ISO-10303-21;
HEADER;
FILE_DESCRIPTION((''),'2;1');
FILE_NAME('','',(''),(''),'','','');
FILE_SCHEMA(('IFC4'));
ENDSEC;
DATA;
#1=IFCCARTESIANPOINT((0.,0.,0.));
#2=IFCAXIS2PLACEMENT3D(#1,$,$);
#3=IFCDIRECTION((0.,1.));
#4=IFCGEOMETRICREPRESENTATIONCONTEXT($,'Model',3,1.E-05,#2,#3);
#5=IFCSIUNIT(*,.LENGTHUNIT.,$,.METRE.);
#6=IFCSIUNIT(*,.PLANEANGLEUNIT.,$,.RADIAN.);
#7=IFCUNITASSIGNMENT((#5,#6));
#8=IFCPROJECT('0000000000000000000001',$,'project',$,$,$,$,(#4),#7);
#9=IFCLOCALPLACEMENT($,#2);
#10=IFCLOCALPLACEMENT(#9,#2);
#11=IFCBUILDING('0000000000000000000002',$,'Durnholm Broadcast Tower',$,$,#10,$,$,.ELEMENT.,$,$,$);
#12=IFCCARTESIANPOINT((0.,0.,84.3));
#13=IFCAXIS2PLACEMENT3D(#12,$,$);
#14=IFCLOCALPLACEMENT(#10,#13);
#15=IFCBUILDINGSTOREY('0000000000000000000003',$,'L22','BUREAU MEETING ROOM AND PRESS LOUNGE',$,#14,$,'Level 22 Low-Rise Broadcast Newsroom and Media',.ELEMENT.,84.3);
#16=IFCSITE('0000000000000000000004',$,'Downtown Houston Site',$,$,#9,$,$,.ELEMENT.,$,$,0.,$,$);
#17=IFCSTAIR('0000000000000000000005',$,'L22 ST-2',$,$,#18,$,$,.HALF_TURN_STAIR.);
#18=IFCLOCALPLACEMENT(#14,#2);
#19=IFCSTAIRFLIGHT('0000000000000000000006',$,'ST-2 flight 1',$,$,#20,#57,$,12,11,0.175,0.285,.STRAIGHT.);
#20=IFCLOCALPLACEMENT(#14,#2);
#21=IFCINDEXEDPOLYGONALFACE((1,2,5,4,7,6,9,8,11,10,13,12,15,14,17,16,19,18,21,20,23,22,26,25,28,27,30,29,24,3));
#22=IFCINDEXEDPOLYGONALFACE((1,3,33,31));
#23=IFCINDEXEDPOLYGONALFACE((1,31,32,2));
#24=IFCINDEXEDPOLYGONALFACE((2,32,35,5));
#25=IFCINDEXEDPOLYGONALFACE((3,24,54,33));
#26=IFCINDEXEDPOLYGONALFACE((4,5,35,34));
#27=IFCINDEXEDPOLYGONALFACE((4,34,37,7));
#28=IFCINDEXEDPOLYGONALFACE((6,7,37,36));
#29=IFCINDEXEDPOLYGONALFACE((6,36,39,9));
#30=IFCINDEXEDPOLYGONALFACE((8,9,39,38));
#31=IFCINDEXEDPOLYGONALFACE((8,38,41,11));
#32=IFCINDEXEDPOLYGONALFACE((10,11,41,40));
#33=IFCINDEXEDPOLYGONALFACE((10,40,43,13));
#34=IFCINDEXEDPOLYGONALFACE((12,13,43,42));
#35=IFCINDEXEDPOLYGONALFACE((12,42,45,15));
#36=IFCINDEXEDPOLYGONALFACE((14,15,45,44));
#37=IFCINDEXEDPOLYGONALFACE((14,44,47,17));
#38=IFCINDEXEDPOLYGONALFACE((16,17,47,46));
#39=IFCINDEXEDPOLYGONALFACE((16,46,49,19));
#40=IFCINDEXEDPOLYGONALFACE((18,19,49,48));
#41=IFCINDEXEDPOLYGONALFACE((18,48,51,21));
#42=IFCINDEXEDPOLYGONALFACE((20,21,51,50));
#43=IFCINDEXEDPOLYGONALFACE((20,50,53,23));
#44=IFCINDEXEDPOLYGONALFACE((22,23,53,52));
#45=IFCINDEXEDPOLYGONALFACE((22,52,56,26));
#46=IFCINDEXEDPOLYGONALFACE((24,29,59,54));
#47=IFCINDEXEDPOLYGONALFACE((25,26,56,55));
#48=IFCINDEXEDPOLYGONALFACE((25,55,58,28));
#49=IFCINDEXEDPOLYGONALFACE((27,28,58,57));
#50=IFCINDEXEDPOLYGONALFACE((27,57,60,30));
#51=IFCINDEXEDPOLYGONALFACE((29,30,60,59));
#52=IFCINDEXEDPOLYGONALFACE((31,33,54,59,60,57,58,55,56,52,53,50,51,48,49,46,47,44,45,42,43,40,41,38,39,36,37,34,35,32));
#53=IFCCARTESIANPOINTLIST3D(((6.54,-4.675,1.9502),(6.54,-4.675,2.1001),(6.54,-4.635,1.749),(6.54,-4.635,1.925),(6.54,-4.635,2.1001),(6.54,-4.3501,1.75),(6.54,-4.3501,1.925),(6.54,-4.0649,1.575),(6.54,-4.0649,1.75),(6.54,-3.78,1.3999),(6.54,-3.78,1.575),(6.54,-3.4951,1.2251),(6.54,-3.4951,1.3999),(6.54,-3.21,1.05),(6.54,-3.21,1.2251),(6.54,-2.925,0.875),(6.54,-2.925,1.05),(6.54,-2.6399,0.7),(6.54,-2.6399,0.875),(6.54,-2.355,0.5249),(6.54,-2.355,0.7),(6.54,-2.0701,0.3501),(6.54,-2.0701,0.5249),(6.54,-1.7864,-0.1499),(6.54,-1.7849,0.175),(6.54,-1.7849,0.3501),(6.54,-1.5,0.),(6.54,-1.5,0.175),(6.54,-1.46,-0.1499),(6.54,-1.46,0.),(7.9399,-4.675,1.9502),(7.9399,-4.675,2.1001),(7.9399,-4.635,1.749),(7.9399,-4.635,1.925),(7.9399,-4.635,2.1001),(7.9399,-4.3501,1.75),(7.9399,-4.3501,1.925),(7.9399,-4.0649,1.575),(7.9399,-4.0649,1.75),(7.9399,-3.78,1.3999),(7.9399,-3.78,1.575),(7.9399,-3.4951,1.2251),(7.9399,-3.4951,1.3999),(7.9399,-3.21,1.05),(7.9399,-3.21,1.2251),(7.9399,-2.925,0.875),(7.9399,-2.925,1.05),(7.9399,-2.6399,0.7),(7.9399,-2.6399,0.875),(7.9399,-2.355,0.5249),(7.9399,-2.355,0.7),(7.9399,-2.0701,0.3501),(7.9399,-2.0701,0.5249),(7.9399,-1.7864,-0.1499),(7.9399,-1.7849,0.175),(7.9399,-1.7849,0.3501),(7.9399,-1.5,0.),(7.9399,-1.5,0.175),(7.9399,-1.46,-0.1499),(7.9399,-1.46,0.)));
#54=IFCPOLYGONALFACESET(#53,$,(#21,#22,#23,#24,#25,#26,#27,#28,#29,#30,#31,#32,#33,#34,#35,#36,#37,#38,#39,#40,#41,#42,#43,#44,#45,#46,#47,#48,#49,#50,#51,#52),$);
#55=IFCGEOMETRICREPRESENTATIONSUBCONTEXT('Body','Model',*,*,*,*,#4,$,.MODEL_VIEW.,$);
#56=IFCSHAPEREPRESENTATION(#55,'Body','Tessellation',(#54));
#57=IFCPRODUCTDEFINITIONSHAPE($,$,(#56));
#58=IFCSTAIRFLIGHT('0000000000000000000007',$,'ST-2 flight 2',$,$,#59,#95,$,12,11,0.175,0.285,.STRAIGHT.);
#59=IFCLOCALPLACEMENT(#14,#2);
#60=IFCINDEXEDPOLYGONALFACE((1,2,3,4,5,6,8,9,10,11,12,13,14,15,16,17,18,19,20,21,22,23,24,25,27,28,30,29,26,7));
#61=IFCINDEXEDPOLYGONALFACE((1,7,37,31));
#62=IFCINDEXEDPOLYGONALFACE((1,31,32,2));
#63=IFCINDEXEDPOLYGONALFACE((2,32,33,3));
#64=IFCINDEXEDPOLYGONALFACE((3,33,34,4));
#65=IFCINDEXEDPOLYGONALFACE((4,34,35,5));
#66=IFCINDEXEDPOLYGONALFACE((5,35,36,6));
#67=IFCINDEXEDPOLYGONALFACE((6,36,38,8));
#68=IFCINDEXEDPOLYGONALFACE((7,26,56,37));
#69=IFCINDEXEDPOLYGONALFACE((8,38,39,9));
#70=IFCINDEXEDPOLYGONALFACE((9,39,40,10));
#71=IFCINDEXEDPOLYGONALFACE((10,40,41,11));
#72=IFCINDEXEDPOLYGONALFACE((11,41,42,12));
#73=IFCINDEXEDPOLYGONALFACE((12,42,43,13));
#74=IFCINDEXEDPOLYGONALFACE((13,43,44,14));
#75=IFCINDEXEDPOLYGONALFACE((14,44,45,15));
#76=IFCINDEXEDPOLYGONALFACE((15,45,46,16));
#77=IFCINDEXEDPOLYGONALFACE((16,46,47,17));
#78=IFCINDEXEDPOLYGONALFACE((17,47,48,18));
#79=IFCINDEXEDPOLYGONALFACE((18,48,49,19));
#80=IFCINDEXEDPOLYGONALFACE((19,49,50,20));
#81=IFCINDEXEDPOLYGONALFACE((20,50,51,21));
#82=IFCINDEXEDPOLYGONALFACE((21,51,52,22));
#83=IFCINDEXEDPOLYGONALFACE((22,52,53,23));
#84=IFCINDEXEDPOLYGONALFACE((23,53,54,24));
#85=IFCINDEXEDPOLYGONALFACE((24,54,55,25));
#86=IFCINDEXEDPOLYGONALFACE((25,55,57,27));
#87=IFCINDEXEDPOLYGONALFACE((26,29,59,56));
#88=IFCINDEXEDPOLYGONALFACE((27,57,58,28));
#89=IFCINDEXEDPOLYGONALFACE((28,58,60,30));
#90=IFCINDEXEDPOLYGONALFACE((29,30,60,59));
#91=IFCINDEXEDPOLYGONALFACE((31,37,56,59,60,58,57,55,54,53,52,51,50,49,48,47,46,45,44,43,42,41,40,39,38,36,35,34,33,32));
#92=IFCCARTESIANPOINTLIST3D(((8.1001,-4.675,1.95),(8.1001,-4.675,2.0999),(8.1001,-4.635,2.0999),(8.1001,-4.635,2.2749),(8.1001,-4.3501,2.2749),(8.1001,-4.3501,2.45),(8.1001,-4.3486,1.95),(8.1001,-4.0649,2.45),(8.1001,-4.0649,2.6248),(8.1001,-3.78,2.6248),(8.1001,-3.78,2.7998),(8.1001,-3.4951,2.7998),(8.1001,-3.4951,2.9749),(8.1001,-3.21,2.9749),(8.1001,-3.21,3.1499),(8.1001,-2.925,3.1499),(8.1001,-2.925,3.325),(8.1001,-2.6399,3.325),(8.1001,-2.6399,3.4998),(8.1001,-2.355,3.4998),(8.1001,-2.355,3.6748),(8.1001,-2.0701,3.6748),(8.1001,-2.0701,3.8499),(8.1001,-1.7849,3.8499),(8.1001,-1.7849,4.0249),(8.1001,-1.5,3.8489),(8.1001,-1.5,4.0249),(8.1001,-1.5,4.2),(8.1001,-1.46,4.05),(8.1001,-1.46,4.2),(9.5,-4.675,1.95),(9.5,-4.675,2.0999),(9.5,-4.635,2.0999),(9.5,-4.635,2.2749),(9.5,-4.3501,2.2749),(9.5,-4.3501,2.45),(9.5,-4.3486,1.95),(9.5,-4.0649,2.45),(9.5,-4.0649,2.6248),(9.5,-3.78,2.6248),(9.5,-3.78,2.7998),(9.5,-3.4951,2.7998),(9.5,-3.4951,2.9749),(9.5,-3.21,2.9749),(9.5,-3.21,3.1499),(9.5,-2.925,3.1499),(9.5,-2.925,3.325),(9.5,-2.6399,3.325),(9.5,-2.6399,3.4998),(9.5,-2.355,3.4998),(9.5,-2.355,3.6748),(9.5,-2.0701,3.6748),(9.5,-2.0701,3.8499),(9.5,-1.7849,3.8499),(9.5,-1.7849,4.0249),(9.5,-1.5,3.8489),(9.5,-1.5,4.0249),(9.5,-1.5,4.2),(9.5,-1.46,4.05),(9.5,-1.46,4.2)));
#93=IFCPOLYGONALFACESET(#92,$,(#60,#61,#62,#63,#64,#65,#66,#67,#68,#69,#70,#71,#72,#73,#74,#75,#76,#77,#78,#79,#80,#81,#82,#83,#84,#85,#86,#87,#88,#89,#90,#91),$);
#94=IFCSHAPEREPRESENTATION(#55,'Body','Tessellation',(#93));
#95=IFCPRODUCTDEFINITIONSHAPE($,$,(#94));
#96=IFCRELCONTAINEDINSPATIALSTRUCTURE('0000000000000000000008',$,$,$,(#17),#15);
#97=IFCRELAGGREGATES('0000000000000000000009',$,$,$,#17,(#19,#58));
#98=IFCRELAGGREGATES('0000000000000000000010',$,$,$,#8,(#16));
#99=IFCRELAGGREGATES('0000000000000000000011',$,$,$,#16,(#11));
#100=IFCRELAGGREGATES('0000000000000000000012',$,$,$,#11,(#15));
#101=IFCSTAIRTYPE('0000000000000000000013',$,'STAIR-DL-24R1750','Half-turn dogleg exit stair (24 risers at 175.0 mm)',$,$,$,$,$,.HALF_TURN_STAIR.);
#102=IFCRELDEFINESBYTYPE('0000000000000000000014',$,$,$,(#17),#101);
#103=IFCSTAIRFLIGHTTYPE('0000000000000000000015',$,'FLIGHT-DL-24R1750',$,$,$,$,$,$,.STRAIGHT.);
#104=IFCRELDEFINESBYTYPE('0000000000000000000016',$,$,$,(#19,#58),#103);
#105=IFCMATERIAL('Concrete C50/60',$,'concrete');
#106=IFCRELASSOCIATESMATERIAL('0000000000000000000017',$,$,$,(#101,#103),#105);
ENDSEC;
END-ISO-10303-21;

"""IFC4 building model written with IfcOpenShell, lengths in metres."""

from ifc_helpers import new_model, si_unit, direction, frame, origin, place, context, subcontext, project, spatial, polyline, outline, extrude, material, type_object, element, aggregate, save


model = new_model("IFC4")

# Units and contexts
model_context = context("Model", 3, precision=1e-05, world=origin(), true_north=direction((0.0, 1.0)))
body_context = subcontext(model_context, "Body", "Model", "MODEL_VIEW")
ifc_project = project(units=[si_unit("LENGTHUNIT", "METRE"), si_unit("PLANEANGLEUNIT", "RADIAN")], contexts=[model_context])

# Site, building, storey
site_placement = place(None, origin())
site = spatial("IfcSite", under=ifc_project, at=site_placement, Name="Downtown Houston Site", CompositionType="ELEMENT", RefElevation=0.0)
building_placement = place(site_placement, origin())
building = spatial("IfcBuilding", under=site, at=building_placement, Name="Durnholm Broadcast Tower", CompositionType="ELEMENT")
storey_placement = place(building_placement, frame((0.0, 0.0, 84.3)))
storey = spatial("IfcBuildingStorey", under=building, at=storey_placement, Name="L22", Description="BUREAU MEETING ROOM AND PRESS LOUNGE", LongName="Level 22 Low-Rise Broadcast Newsroom and Media", CompositionType="ELEMENT", Elevation=84.3)

# Shared definitions
ifc_material_1 = material(Name="Concrete C50/60", Category="concrete")

# Stair, stair flights
stair_type = type_object("IfcStairType", Name="STAIR-DL-24R1750", Description="Half-turn dogleg exit stair (24 risers at 175.0 mm)", PredefinedType="HALF_TURN_STAIR", material=ifc_material_1)
stair_placement = place(storey_placement, origin())
stair = element("IfcStair", 1, at=stair_placement, inside=storey, type_object=stair_type, Name="L22 ST-2", PredefinedType="HALF_TURN_STAIR")
stair_flight_type = type_object("IfcStairFlightType", Name="FLIGHT-DL-24R1750", PredefinedType="STRAIGHT", material=ifc_material_1)
stair_flight_1_placement = place(storey_placement, frame((7.24, -1.5, 0.0), z_axis=(0.0, 0.0, 1.0), x_axis=(0.0, -1.0, 0.0)))
stair_flight_1 = element("IfcStairFlight", 2, at=stair_flight_1_placement, type_object=stair_flight_type, Name="ST-2 flight 1", NumberOfRisers=12, NumberOfTreads=11, PredefinedType="STRAIGHT", RiserHeight=0.175, TreadLength=0.285, context=body_context, shape_type="SweptSolid", body=[
    extrude(outline(polyline([(-0.04, -0.1499), (-0.04, 0.0), (0.0, 0.0), (0.0, 0.175), (0.2849, 0.175), (0.2849, 0.3501), (0.5701, 0.3501), (0.5701, 0.5249), (0.855, 0.5249), (0.855, 0.7), (1.1399, 0.7), (1.1399, 0.875), (1.425, 0.875), (1.425, 1.05), (1.71, 1.05), (1.71, 1.2251), (1.9951, 1.2251), (1.9951, 1.3999), (2.28, 1.3999), (2.28, 1.575), (2.5649, 1.575), (2.5649, 1.75), (2.8501, 1.75), (2.8501, 1.925), (3.135, 1.925), (3.135, 2.1001), (3.175, 2.1001), (3.175, 1.9502), (3.135, 1.749), (0.2864, -0.1499), (-0.04, -0.1499)])), frame((0.0, 0.7, 0.0), z_axis=(0.0, -1.0, 0.0), x_axis=(1.0, 0.0, 0.0)), (0.0, 0.0, 1.0), 1.3999),
])
stair_flight_2_placement = place(storey_placement, frame((8.8, -4.635, 2.0999), z_axis=(0.0, 0.0, 1.0), x_axis=(0.0, 1.0, 0.0)))
stair_flight_2 = element("IfcStairFlight", 3, at=stair_flight_2_placement, type_object=stair_flight_type, Name="ST-2 flight 2", NumberOfRisers=12, NumberOfTreads=11, PredefinedType="STRAIGHT", RiserHeight=0.175, TreadLength=0.285, context=body_context, shape_type="SweptSolid", body=[
    extrude(outline(polyline([(-0.04, -0.1499), (-0.04, 0.0), (0.0, 0.0), (0.0, 0.175), (0.2849, 0.175), (0.2849, 0.3501), (0.5701, 0.3501), (0.5701, 0.5249), (0.855, 0.5249), (0.855, 0.7), (1.1399, 0.7), (1.1399, 0.875), (1.425, 0.875), (1.425, 1.05), (1.71, 1.05), (1.71, 1.2251), (1.9951, 1.2251), (1.9951, 1.3999), (2.28, 1.3999), (2.28, 1.575), (2.5649, 1.575), (2.5649, 1.75), (2.8501, 1.75), (2.8501, 1.925), (3.135, 1.925), (3.135, 2.1001), (3.175, 2.1001), (3.175, 1.9502), (3.135, 1.749), (0.2864, -0.1499), (-0.04, -0.1499)])), frame((0.0, 0.7, 0.0), z_axis=(0.0, -1.0, 0.0), x_axis=(1.0, 0.0, 0.0)), (0.0, 0.0, 1.0), 1.3999),
])
aggregate(stair, [stair_flight_1, stair_flight_2])

save(model, "model.ifc")
